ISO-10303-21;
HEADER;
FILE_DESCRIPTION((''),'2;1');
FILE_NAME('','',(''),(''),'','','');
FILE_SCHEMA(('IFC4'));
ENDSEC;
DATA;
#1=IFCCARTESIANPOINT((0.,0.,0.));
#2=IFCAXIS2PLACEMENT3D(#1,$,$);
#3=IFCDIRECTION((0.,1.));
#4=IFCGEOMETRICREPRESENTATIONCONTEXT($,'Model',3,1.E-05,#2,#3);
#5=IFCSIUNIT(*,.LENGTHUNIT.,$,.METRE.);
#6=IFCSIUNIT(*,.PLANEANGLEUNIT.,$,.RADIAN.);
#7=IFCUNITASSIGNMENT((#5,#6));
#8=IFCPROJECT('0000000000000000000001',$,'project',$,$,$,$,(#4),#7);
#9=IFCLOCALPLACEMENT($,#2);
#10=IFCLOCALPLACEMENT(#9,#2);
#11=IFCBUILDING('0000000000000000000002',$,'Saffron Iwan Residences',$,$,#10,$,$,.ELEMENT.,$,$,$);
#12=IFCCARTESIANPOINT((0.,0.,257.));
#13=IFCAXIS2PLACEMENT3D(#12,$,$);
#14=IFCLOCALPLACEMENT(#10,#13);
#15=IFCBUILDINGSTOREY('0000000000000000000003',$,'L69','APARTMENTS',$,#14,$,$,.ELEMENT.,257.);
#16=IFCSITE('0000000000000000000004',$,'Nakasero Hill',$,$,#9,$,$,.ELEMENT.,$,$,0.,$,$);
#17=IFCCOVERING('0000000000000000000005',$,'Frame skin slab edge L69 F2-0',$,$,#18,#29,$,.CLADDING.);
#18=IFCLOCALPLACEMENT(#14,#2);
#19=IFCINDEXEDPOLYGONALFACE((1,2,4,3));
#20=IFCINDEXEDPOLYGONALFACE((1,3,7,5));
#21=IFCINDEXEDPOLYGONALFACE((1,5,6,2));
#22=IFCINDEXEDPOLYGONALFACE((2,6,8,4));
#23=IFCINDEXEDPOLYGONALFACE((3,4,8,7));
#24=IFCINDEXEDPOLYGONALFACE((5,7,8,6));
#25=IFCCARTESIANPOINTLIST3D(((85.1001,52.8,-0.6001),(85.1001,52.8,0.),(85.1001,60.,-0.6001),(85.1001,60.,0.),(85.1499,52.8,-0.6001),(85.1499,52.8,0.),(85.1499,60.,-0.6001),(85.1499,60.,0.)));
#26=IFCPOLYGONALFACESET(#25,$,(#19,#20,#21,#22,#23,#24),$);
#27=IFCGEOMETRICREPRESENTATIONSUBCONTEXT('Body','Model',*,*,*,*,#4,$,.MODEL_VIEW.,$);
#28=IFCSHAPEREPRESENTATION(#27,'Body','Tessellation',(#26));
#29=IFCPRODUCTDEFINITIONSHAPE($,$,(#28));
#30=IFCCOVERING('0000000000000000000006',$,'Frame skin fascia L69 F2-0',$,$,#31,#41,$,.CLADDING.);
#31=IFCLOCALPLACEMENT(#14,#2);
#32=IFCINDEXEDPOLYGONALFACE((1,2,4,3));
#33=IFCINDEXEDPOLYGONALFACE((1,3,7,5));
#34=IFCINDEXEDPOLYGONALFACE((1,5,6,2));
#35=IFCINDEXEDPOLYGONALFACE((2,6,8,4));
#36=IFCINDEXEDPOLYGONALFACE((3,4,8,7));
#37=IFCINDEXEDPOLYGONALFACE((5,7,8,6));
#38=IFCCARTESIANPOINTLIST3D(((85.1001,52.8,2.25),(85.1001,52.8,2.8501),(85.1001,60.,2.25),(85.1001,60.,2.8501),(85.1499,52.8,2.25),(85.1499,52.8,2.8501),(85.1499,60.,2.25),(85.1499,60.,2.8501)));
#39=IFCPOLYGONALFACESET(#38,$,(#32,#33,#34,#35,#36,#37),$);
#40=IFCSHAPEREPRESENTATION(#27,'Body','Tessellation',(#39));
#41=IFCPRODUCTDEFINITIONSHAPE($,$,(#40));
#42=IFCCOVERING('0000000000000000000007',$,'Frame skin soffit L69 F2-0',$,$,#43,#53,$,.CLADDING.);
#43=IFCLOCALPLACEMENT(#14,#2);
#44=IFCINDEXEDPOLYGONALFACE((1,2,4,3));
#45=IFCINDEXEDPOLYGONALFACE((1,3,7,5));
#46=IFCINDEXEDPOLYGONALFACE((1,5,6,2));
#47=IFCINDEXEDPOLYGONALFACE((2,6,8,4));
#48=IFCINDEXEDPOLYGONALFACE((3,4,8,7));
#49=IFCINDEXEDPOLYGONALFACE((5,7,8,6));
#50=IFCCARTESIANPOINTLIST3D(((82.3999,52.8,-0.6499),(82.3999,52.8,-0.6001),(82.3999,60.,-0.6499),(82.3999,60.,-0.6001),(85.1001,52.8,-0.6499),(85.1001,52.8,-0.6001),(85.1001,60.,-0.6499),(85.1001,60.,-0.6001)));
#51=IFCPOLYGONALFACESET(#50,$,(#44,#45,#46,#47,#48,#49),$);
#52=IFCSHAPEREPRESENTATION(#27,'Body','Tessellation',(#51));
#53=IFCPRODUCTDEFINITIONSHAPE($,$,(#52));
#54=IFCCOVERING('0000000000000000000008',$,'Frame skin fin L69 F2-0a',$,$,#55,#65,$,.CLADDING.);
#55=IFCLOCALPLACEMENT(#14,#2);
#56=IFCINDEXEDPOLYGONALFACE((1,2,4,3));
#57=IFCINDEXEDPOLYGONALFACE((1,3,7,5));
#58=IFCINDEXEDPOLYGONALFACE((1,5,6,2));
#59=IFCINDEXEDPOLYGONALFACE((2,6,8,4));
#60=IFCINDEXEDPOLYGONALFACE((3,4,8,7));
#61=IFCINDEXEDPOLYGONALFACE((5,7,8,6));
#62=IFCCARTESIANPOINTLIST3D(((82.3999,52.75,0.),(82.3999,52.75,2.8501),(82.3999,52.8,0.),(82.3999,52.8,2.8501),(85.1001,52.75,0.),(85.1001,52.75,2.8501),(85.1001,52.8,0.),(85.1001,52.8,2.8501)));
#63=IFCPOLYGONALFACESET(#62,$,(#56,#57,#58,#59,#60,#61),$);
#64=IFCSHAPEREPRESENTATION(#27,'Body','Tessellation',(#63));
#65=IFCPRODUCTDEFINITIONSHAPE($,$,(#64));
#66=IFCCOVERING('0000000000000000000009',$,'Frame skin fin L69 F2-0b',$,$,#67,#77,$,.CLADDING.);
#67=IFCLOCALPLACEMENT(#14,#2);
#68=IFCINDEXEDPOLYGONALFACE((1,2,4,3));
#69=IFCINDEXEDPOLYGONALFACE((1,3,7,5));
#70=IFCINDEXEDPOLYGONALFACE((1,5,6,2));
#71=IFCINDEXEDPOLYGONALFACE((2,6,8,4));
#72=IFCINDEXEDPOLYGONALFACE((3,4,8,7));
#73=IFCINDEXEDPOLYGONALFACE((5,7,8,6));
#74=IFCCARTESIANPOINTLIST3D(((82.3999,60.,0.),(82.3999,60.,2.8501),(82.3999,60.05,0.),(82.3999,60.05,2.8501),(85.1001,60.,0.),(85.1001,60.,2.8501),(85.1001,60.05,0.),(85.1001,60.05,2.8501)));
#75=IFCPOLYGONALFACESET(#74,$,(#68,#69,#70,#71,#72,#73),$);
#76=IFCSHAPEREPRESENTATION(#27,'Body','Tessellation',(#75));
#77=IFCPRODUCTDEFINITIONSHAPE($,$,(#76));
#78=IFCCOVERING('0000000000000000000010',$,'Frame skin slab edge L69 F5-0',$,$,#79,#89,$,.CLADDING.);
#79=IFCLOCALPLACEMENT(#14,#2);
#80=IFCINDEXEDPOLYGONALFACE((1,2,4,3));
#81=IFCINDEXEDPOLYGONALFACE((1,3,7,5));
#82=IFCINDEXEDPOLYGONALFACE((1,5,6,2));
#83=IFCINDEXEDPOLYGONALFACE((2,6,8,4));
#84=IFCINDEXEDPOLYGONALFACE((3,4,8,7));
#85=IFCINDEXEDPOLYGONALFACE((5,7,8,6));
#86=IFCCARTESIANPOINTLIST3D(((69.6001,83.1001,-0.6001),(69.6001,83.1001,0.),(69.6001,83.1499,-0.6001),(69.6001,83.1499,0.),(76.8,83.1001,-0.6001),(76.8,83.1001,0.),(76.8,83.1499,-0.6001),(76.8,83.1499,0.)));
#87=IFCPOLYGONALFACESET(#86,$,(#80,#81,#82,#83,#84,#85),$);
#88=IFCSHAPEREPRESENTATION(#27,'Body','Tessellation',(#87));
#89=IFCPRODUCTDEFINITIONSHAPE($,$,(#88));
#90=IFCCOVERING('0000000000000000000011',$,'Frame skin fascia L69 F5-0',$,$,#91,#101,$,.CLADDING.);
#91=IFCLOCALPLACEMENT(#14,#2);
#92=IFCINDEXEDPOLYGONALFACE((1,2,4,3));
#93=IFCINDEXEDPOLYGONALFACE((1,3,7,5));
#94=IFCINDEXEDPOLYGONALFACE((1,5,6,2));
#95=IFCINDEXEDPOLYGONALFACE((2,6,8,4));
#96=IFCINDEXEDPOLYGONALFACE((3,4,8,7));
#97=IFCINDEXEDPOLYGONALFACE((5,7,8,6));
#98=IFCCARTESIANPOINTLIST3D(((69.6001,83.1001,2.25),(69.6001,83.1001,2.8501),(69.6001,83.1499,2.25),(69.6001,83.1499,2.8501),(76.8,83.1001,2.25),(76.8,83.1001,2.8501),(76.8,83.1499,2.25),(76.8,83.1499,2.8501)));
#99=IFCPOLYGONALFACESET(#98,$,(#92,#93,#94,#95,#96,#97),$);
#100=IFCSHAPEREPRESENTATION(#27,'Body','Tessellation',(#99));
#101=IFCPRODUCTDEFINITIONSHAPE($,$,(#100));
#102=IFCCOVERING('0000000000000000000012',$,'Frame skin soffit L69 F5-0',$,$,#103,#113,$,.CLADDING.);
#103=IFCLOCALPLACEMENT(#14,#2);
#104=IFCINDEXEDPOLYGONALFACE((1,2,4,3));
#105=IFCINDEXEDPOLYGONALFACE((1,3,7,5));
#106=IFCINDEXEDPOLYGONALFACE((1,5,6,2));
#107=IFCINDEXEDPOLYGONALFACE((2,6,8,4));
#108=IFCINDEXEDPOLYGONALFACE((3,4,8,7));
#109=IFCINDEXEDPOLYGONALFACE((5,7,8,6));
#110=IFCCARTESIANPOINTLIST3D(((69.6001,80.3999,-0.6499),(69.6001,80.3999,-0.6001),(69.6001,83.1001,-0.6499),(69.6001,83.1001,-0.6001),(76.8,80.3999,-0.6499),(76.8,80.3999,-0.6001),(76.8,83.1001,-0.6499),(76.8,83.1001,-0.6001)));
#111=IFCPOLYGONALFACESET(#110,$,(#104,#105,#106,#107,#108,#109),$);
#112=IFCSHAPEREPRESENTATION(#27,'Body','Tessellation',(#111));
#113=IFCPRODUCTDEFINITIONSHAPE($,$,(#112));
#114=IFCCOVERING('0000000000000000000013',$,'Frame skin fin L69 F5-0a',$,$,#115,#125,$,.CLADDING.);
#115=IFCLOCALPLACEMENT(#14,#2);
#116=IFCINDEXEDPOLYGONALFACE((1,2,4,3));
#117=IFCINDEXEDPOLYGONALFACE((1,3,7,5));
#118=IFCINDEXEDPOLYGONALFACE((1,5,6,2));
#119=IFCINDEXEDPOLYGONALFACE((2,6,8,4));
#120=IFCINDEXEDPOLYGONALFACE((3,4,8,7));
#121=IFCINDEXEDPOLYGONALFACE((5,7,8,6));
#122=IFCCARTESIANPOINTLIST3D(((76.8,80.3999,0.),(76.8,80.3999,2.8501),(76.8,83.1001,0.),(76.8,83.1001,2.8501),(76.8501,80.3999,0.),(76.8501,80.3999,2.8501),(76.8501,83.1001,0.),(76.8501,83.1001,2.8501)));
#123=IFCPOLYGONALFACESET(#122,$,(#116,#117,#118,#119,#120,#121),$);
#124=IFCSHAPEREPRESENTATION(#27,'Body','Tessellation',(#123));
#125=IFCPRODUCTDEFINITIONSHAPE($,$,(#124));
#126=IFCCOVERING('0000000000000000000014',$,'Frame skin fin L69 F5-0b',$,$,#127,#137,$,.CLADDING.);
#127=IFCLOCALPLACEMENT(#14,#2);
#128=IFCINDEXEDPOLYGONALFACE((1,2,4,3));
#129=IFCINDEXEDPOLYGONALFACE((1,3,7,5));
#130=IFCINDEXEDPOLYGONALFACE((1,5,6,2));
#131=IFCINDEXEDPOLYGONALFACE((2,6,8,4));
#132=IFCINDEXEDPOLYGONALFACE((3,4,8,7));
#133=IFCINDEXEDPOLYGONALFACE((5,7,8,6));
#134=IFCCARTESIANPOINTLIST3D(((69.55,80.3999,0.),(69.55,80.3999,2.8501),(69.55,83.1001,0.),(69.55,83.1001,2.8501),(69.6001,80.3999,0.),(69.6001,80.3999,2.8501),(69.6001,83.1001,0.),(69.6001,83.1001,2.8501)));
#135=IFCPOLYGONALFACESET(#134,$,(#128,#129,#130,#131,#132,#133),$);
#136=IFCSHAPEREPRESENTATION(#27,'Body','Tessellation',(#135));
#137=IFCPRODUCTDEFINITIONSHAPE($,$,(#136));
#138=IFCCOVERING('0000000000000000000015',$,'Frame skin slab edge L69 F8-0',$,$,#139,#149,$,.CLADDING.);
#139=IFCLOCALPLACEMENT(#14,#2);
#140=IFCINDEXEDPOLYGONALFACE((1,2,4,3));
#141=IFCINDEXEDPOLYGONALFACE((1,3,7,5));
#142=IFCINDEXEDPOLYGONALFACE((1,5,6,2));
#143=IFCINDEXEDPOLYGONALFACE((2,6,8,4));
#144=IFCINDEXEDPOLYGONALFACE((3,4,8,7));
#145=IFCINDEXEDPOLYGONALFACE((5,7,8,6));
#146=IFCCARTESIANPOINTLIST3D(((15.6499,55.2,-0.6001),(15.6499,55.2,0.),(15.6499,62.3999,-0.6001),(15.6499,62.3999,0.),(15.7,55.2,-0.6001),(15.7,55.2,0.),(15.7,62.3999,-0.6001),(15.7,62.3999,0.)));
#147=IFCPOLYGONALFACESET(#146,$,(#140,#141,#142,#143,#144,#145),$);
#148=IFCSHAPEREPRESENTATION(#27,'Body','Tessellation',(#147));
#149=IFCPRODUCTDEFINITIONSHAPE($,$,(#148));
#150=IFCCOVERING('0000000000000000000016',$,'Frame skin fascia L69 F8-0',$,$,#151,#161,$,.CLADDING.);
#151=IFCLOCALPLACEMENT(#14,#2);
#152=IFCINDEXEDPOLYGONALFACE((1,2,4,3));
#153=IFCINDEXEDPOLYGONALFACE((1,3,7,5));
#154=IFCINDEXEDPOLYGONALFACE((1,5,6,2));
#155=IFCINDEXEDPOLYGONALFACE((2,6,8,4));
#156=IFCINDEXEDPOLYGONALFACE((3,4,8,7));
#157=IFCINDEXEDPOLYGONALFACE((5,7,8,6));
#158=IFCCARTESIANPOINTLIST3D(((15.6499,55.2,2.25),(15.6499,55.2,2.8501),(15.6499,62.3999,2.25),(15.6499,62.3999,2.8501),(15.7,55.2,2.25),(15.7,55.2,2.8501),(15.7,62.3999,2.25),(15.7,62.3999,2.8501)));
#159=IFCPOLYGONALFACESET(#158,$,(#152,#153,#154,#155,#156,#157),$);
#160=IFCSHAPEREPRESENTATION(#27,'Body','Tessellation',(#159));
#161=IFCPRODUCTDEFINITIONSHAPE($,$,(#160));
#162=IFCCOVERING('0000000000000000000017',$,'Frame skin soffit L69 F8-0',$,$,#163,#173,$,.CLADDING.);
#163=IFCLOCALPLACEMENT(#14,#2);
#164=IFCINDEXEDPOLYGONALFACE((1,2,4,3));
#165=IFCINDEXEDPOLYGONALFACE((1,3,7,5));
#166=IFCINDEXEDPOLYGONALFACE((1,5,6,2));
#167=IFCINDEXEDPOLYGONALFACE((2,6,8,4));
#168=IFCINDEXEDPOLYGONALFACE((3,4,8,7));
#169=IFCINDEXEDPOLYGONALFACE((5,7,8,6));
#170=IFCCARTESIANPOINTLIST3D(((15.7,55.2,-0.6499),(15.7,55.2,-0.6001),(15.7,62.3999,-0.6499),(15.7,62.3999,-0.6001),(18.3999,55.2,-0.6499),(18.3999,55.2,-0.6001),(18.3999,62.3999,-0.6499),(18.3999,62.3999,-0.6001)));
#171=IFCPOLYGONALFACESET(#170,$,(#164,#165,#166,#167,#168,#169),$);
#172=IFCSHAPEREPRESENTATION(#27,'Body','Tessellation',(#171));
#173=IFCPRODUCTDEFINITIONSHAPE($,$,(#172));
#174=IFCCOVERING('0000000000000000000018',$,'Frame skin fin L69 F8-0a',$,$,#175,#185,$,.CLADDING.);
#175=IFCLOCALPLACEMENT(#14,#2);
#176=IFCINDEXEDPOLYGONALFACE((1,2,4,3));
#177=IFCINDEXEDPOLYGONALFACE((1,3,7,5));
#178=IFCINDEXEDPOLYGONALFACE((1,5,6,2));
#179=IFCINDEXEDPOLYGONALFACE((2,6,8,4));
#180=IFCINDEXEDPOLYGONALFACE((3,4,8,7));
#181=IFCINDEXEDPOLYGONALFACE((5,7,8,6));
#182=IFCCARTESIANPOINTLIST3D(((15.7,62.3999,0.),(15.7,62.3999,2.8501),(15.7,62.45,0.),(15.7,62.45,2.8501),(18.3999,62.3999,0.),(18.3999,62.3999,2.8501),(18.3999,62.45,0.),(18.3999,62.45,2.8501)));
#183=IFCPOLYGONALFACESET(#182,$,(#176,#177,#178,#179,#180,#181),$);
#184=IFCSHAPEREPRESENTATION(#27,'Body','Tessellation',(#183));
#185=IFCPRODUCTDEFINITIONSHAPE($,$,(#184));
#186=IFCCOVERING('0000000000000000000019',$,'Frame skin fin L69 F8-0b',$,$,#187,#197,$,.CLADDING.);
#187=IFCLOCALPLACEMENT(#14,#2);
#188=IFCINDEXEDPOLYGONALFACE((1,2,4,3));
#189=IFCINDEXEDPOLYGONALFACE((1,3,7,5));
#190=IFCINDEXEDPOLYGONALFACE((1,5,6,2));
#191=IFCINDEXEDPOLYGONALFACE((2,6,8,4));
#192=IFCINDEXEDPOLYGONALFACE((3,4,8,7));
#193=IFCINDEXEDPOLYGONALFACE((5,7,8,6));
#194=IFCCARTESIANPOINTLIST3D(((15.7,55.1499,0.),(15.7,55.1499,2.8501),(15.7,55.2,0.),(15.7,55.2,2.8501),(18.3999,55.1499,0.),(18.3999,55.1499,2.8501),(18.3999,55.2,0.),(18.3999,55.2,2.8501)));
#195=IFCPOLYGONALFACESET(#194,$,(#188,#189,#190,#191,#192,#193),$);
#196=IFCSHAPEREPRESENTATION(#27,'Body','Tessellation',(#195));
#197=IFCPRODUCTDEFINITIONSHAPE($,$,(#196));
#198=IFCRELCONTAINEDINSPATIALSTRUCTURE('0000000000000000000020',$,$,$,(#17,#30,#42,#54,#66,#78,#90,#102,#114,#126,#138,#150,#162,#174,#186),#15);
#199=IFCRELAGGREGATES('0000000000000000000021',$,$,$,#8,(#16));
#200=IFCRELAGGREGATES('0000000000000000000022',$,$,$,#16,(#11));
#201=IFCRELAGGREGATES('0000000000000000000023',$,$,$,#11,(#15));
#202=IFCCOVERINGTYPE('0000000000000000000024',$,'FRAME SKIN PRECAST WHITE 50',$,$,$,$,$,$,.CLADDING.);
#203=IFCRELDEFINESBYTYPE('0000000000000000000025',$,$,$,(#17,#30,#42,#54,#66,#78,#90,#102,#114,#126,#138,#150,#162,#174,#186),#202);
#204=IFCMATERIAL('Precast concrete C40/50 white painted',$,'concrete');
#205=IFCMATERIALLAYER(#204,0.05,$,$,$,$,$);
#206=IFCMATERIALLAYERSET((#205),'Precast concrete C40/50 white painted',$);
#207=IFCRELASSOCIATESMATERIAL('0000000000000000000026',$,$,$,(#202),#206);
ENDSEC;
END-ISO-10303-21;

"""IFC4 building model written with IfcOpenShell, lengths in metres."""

from ifc_helpers import new_model, si_unit, direction, frame, origin, place, context, subcontext, project, spatial, polyline, outline, extrude, material, layer, layer_set, type_object, element, save


model = new_model("IFC4")

# Units and contexts
model_context = context("Model", 3, precision=1e-05, world=origin(), true_north=direction((0.0, 1.0)))
body_context = subcontext(model_context, "Body", "Model", "MODEL_VIEW")
ifc_project = project(units=[si_unit("LENGTHUNIT", "METRE"), si_unit("PLANEANGLEUNIT", "RADIAN")], contexts=[model_context])

# Site, building, storey
site_placement = place(None, origin())
site = spatial("IfcSite", under=ifc_project, at=site_placement, Name="Nakasero Hill", CompositionType="ELEMENT", RefElevation=0.0)
building_placement = place(site_placement, origin())
building = spatial("IfcBuilding", under=site, at=building_placement, Name="Saffron Iwan Residences", CompositionType="ELEMENT")
storey_placement = place(building_placement, frame((0.0, 0.0, 257.0)))
storey = spatial("IfcBuildingStorey", under=building, at=storey_placement, Name="L69", Description="APARTMENTS", CompositionType="ELEMENT", Elevation=257.0)

# Coverings
ifc_material_1 = material(Name="Precast concrete C40/50 white painted", Category="concrete")
ifc_layer_1 = layer(ifc_material_1, 0.05)
ifc_layer_set_1 = layer_set([ifc_layer_1], Name="Precast concrete C40/50 white painted")
covering_type_1 = type_object("IfcCoveringType", Name="FRAME SKIN PRECAST WHITE 50", PredefinedType="CLADDING", material=ifc_layer_set_1)
for number, where, name in (
    (1, (0.0, 0.0, -0.6001), "Frame skin slab edge L69 F2-0"),
    (2, (0.0, 0.0, 2.25), "Frame skin fascia L69 F2-0"),
):
    element("IfcCovering", number, at=place(storey_placement, frame(where)), inside=storey, type_object=covering_type_1, Name=name, PredefinedType="CLADDING", context=body_context, shape_type="SweptSolid", body=[
        extrude(outline(polyline([(85.1499, 52.8), (85.1499, 60.0), (85.1001, 60.0), (85.1001, 52.8), (85.1499, 52.8)])), origin(), (0.0, 0.0, 1.0), 0.6001),
    ])
covering_1_placement = place(storey_placement, frame((0.0, 0.0, -0.6499)))
element("IfcCovering", 3, at=covering_1_placement, inside=storey, type_object=covering_type_1, Name="Frame skin soffit L69 F2-0", PredefinedType="CLADDING", context=body_context, shape_type="SweptSolid", body=[
    extrude(outline(polyline([(85.1001, 52.8), (85.1001, 60.0), (82.3999, 60.0), (82.3999, 52.8), (85.1001, 52.8)])), origin(), (0.0, 0.0, 1.0), 0.0498),
])
covering_2_placement = place(storey_placement, origin())
element("IfcCovering", 4, at=covering_2_placement, inside=storey, type_object=covering_type_1, Name="Frame skin fin L69 F2-0a", PredefinedType="CLADDING", context=body_context, shape_type="SweptSolid", body=[
    extrude(outline(polyline([(85.1001, 52.75), (85.1001, 52.8), (82.3999, 52.8), (82.3999, 52.75), (85.1001, 52.75)])), origin(), (0.0, 0.0, 1.0), 2.8501),
])
covering_3_placement = place(storey_placement, origin())
element("IfcCovering", 5, at=covering_3_placement, inside=storey, type_object=covering_type_1, Name="Frame skin fin L69 F2-0b", PredefinedType="CLADDING", context=body_context, shape_type="SweptSolid", body=[
    extrude(outline(polyline([(85.1001, 60.0), (85.1001, 60.05), (82.3999, 60.05), (82.3999, 60.0), (85.1001, 60.0)])), origin(), (0.0, 0.0, 1.0), 2.8501),
])
for number, where, name in (
    (6, (0.0, 0.0, -0.6001), "Frame skin slab edge L69 F5-0"),
    (7, (0.0, 0.0, 2.25), "Frame skin fascia L69 F5-0"),
):
    element("IfcCovering", number, at=place(storey_placement, frame(where)), inside=storey, type_object=covering_type_1, Name=name, PredefinedType="CLADDING", context=body_context, shape_type="SweptSolid", body=[
        extrude(outline(polyline([(76.8, 83.1499), (69.6001, 83.1499), (69.6001, 83.1001), (76.8, 83.1001), (76.8, 83.1499)])), origin(), (0.0, 0.0, 1.0), 0.6001),
    ])
covering_4_placement = place(storey_placement, frame((0.0, 0.0, -0.6499)))
element("IfcCovering", 8, at=covering_4_placement, inside=storey, type_object=covering_type_1, Name="Frame skin soffit L69 F5-0", PredefinedType="CLADDING", context=body_context, shape_type="SweptSolid", body=[
    extrude(outline(polyline([(76.8, 83.1001), (69.6001, 83.1001), (69.6001, 80.3999), (76.8, 80.3999), (76.8, 83.1001)])), origin(), (0.0, 0.0, 1.0), 0.0498),
])
covering_5_placement = place(storey_placement, origin())
element("IfcCovering", 9, at=covering_5_placement, inside=storey, type_object=covering_type_1, Name="Frame skin fin L69 F5-0a", PredefinedType="CLADDING", context=body_context, shape_type="SweptSolid", body=[
    extrude(outline(polyline([(76.8501, 83.1001), (76.8, 83.1001), (76.8, 80.3999), (76.8501, 80.3999), (76.8501, 83.1001)])), origin(), (0.0, 0.0, 1.0), 2.8501),
])
covering_6_placement = place(storey_placement, origin())
element("IfcCovering", 10, at=covering_6_placement, inside=storey, type_object=covering_type_1, Name="Frame skin fin L69 F5-0b", PredefinedType="CLADDING", context=body_context, shape_type="SweptSolid", body=[
    extrude(outline(polyline([(69.6001, 83.1001), (69.55, 83.1001), (69.55, 80.3999), (69.6001, 80.3999), (69.6001, 83.1001)])), origin(), (0.0, 0.0, 1.0), 2.8501),
])
for number, where, name in (
    (11, (0.0, 0.0, -0.6001), "Frame skin slab edge L69 F8-0"),
    (12, (0.0, 0.0, 2.25), "Frame skin fascia L69 F8-0"),
):
    element("IfcCovering", number, at=place(storey_placement, frame(where)), inside=storey, type_object=covering_type_1, Name=name, PredefinedType="CLADDING", context=body_context, shape_type="SweptSolid", body=[
        extrude(outline(polyline([(15.6499, 62.3999), (15.6499, 55.2), (15.7, 55.2), (15.7, 62.3999), (15.6499, 62.3999)])), origin(), (0.0, 0.0, 1.0), 0.6001),
    ])
covering_7_placement = place(storey_placement, frame((0.0, 0.0, -0.6499)))
element("IfcCovering", 13, at=covering_7_placement, inside=storey, type_object=covering_type_1, Name="Frame skin soffit L69 F8-0", PredefinedType="CLADDING", context=body_context, shape_type="SweptSolid", body=[
    extrude(outline(polyline([(15.7, 62.3999), (15.7, 55.2), (18.3999, 55.2), (18.3999, 62.3999), (15.7, 62.3999)])), origin(), (0.0, 0.0, 1.0), 0.0498),
])
covering_8_placement = place(storey_placement, origin())
element("IfcCovering", 14, at=covering_8_placement, inside=storey, type_object=covering_type_1, Name="Frame skin fin L69 F8-0a", PredefinedType="CLADDING", context=body_context, shape_type="SweptSolid", body=[
    extrude(outline(polyline([(15.7, 62.45), (15.7, 62.3999), (18.3999, 62.3999), (18.3999, 62.45), (15.7, 62.45)])), origin(), (0.0, 0.0, 1.0), 2.8501),
])
covering_9_placement = place(storey_placement, origin())
element("IfcCovering", 15, at=covering_9_placement, inside=storey, type_object=covering_type_1, Name="Frame skin fin L69 F8-0b", PredefinedType="CLADDING", context=body_context, shape_type="SweptSolid", body=[
    extrude(outline(polyline([(15.7, 55.2), (15.7, 55.1499), (18.3999, 55.1499), (18.3999, 55.2), (15.7, 55.2)])), origin(), (0.0, 0.0, 1.0), 2.8501),
])

save(model, "model.ifc")
